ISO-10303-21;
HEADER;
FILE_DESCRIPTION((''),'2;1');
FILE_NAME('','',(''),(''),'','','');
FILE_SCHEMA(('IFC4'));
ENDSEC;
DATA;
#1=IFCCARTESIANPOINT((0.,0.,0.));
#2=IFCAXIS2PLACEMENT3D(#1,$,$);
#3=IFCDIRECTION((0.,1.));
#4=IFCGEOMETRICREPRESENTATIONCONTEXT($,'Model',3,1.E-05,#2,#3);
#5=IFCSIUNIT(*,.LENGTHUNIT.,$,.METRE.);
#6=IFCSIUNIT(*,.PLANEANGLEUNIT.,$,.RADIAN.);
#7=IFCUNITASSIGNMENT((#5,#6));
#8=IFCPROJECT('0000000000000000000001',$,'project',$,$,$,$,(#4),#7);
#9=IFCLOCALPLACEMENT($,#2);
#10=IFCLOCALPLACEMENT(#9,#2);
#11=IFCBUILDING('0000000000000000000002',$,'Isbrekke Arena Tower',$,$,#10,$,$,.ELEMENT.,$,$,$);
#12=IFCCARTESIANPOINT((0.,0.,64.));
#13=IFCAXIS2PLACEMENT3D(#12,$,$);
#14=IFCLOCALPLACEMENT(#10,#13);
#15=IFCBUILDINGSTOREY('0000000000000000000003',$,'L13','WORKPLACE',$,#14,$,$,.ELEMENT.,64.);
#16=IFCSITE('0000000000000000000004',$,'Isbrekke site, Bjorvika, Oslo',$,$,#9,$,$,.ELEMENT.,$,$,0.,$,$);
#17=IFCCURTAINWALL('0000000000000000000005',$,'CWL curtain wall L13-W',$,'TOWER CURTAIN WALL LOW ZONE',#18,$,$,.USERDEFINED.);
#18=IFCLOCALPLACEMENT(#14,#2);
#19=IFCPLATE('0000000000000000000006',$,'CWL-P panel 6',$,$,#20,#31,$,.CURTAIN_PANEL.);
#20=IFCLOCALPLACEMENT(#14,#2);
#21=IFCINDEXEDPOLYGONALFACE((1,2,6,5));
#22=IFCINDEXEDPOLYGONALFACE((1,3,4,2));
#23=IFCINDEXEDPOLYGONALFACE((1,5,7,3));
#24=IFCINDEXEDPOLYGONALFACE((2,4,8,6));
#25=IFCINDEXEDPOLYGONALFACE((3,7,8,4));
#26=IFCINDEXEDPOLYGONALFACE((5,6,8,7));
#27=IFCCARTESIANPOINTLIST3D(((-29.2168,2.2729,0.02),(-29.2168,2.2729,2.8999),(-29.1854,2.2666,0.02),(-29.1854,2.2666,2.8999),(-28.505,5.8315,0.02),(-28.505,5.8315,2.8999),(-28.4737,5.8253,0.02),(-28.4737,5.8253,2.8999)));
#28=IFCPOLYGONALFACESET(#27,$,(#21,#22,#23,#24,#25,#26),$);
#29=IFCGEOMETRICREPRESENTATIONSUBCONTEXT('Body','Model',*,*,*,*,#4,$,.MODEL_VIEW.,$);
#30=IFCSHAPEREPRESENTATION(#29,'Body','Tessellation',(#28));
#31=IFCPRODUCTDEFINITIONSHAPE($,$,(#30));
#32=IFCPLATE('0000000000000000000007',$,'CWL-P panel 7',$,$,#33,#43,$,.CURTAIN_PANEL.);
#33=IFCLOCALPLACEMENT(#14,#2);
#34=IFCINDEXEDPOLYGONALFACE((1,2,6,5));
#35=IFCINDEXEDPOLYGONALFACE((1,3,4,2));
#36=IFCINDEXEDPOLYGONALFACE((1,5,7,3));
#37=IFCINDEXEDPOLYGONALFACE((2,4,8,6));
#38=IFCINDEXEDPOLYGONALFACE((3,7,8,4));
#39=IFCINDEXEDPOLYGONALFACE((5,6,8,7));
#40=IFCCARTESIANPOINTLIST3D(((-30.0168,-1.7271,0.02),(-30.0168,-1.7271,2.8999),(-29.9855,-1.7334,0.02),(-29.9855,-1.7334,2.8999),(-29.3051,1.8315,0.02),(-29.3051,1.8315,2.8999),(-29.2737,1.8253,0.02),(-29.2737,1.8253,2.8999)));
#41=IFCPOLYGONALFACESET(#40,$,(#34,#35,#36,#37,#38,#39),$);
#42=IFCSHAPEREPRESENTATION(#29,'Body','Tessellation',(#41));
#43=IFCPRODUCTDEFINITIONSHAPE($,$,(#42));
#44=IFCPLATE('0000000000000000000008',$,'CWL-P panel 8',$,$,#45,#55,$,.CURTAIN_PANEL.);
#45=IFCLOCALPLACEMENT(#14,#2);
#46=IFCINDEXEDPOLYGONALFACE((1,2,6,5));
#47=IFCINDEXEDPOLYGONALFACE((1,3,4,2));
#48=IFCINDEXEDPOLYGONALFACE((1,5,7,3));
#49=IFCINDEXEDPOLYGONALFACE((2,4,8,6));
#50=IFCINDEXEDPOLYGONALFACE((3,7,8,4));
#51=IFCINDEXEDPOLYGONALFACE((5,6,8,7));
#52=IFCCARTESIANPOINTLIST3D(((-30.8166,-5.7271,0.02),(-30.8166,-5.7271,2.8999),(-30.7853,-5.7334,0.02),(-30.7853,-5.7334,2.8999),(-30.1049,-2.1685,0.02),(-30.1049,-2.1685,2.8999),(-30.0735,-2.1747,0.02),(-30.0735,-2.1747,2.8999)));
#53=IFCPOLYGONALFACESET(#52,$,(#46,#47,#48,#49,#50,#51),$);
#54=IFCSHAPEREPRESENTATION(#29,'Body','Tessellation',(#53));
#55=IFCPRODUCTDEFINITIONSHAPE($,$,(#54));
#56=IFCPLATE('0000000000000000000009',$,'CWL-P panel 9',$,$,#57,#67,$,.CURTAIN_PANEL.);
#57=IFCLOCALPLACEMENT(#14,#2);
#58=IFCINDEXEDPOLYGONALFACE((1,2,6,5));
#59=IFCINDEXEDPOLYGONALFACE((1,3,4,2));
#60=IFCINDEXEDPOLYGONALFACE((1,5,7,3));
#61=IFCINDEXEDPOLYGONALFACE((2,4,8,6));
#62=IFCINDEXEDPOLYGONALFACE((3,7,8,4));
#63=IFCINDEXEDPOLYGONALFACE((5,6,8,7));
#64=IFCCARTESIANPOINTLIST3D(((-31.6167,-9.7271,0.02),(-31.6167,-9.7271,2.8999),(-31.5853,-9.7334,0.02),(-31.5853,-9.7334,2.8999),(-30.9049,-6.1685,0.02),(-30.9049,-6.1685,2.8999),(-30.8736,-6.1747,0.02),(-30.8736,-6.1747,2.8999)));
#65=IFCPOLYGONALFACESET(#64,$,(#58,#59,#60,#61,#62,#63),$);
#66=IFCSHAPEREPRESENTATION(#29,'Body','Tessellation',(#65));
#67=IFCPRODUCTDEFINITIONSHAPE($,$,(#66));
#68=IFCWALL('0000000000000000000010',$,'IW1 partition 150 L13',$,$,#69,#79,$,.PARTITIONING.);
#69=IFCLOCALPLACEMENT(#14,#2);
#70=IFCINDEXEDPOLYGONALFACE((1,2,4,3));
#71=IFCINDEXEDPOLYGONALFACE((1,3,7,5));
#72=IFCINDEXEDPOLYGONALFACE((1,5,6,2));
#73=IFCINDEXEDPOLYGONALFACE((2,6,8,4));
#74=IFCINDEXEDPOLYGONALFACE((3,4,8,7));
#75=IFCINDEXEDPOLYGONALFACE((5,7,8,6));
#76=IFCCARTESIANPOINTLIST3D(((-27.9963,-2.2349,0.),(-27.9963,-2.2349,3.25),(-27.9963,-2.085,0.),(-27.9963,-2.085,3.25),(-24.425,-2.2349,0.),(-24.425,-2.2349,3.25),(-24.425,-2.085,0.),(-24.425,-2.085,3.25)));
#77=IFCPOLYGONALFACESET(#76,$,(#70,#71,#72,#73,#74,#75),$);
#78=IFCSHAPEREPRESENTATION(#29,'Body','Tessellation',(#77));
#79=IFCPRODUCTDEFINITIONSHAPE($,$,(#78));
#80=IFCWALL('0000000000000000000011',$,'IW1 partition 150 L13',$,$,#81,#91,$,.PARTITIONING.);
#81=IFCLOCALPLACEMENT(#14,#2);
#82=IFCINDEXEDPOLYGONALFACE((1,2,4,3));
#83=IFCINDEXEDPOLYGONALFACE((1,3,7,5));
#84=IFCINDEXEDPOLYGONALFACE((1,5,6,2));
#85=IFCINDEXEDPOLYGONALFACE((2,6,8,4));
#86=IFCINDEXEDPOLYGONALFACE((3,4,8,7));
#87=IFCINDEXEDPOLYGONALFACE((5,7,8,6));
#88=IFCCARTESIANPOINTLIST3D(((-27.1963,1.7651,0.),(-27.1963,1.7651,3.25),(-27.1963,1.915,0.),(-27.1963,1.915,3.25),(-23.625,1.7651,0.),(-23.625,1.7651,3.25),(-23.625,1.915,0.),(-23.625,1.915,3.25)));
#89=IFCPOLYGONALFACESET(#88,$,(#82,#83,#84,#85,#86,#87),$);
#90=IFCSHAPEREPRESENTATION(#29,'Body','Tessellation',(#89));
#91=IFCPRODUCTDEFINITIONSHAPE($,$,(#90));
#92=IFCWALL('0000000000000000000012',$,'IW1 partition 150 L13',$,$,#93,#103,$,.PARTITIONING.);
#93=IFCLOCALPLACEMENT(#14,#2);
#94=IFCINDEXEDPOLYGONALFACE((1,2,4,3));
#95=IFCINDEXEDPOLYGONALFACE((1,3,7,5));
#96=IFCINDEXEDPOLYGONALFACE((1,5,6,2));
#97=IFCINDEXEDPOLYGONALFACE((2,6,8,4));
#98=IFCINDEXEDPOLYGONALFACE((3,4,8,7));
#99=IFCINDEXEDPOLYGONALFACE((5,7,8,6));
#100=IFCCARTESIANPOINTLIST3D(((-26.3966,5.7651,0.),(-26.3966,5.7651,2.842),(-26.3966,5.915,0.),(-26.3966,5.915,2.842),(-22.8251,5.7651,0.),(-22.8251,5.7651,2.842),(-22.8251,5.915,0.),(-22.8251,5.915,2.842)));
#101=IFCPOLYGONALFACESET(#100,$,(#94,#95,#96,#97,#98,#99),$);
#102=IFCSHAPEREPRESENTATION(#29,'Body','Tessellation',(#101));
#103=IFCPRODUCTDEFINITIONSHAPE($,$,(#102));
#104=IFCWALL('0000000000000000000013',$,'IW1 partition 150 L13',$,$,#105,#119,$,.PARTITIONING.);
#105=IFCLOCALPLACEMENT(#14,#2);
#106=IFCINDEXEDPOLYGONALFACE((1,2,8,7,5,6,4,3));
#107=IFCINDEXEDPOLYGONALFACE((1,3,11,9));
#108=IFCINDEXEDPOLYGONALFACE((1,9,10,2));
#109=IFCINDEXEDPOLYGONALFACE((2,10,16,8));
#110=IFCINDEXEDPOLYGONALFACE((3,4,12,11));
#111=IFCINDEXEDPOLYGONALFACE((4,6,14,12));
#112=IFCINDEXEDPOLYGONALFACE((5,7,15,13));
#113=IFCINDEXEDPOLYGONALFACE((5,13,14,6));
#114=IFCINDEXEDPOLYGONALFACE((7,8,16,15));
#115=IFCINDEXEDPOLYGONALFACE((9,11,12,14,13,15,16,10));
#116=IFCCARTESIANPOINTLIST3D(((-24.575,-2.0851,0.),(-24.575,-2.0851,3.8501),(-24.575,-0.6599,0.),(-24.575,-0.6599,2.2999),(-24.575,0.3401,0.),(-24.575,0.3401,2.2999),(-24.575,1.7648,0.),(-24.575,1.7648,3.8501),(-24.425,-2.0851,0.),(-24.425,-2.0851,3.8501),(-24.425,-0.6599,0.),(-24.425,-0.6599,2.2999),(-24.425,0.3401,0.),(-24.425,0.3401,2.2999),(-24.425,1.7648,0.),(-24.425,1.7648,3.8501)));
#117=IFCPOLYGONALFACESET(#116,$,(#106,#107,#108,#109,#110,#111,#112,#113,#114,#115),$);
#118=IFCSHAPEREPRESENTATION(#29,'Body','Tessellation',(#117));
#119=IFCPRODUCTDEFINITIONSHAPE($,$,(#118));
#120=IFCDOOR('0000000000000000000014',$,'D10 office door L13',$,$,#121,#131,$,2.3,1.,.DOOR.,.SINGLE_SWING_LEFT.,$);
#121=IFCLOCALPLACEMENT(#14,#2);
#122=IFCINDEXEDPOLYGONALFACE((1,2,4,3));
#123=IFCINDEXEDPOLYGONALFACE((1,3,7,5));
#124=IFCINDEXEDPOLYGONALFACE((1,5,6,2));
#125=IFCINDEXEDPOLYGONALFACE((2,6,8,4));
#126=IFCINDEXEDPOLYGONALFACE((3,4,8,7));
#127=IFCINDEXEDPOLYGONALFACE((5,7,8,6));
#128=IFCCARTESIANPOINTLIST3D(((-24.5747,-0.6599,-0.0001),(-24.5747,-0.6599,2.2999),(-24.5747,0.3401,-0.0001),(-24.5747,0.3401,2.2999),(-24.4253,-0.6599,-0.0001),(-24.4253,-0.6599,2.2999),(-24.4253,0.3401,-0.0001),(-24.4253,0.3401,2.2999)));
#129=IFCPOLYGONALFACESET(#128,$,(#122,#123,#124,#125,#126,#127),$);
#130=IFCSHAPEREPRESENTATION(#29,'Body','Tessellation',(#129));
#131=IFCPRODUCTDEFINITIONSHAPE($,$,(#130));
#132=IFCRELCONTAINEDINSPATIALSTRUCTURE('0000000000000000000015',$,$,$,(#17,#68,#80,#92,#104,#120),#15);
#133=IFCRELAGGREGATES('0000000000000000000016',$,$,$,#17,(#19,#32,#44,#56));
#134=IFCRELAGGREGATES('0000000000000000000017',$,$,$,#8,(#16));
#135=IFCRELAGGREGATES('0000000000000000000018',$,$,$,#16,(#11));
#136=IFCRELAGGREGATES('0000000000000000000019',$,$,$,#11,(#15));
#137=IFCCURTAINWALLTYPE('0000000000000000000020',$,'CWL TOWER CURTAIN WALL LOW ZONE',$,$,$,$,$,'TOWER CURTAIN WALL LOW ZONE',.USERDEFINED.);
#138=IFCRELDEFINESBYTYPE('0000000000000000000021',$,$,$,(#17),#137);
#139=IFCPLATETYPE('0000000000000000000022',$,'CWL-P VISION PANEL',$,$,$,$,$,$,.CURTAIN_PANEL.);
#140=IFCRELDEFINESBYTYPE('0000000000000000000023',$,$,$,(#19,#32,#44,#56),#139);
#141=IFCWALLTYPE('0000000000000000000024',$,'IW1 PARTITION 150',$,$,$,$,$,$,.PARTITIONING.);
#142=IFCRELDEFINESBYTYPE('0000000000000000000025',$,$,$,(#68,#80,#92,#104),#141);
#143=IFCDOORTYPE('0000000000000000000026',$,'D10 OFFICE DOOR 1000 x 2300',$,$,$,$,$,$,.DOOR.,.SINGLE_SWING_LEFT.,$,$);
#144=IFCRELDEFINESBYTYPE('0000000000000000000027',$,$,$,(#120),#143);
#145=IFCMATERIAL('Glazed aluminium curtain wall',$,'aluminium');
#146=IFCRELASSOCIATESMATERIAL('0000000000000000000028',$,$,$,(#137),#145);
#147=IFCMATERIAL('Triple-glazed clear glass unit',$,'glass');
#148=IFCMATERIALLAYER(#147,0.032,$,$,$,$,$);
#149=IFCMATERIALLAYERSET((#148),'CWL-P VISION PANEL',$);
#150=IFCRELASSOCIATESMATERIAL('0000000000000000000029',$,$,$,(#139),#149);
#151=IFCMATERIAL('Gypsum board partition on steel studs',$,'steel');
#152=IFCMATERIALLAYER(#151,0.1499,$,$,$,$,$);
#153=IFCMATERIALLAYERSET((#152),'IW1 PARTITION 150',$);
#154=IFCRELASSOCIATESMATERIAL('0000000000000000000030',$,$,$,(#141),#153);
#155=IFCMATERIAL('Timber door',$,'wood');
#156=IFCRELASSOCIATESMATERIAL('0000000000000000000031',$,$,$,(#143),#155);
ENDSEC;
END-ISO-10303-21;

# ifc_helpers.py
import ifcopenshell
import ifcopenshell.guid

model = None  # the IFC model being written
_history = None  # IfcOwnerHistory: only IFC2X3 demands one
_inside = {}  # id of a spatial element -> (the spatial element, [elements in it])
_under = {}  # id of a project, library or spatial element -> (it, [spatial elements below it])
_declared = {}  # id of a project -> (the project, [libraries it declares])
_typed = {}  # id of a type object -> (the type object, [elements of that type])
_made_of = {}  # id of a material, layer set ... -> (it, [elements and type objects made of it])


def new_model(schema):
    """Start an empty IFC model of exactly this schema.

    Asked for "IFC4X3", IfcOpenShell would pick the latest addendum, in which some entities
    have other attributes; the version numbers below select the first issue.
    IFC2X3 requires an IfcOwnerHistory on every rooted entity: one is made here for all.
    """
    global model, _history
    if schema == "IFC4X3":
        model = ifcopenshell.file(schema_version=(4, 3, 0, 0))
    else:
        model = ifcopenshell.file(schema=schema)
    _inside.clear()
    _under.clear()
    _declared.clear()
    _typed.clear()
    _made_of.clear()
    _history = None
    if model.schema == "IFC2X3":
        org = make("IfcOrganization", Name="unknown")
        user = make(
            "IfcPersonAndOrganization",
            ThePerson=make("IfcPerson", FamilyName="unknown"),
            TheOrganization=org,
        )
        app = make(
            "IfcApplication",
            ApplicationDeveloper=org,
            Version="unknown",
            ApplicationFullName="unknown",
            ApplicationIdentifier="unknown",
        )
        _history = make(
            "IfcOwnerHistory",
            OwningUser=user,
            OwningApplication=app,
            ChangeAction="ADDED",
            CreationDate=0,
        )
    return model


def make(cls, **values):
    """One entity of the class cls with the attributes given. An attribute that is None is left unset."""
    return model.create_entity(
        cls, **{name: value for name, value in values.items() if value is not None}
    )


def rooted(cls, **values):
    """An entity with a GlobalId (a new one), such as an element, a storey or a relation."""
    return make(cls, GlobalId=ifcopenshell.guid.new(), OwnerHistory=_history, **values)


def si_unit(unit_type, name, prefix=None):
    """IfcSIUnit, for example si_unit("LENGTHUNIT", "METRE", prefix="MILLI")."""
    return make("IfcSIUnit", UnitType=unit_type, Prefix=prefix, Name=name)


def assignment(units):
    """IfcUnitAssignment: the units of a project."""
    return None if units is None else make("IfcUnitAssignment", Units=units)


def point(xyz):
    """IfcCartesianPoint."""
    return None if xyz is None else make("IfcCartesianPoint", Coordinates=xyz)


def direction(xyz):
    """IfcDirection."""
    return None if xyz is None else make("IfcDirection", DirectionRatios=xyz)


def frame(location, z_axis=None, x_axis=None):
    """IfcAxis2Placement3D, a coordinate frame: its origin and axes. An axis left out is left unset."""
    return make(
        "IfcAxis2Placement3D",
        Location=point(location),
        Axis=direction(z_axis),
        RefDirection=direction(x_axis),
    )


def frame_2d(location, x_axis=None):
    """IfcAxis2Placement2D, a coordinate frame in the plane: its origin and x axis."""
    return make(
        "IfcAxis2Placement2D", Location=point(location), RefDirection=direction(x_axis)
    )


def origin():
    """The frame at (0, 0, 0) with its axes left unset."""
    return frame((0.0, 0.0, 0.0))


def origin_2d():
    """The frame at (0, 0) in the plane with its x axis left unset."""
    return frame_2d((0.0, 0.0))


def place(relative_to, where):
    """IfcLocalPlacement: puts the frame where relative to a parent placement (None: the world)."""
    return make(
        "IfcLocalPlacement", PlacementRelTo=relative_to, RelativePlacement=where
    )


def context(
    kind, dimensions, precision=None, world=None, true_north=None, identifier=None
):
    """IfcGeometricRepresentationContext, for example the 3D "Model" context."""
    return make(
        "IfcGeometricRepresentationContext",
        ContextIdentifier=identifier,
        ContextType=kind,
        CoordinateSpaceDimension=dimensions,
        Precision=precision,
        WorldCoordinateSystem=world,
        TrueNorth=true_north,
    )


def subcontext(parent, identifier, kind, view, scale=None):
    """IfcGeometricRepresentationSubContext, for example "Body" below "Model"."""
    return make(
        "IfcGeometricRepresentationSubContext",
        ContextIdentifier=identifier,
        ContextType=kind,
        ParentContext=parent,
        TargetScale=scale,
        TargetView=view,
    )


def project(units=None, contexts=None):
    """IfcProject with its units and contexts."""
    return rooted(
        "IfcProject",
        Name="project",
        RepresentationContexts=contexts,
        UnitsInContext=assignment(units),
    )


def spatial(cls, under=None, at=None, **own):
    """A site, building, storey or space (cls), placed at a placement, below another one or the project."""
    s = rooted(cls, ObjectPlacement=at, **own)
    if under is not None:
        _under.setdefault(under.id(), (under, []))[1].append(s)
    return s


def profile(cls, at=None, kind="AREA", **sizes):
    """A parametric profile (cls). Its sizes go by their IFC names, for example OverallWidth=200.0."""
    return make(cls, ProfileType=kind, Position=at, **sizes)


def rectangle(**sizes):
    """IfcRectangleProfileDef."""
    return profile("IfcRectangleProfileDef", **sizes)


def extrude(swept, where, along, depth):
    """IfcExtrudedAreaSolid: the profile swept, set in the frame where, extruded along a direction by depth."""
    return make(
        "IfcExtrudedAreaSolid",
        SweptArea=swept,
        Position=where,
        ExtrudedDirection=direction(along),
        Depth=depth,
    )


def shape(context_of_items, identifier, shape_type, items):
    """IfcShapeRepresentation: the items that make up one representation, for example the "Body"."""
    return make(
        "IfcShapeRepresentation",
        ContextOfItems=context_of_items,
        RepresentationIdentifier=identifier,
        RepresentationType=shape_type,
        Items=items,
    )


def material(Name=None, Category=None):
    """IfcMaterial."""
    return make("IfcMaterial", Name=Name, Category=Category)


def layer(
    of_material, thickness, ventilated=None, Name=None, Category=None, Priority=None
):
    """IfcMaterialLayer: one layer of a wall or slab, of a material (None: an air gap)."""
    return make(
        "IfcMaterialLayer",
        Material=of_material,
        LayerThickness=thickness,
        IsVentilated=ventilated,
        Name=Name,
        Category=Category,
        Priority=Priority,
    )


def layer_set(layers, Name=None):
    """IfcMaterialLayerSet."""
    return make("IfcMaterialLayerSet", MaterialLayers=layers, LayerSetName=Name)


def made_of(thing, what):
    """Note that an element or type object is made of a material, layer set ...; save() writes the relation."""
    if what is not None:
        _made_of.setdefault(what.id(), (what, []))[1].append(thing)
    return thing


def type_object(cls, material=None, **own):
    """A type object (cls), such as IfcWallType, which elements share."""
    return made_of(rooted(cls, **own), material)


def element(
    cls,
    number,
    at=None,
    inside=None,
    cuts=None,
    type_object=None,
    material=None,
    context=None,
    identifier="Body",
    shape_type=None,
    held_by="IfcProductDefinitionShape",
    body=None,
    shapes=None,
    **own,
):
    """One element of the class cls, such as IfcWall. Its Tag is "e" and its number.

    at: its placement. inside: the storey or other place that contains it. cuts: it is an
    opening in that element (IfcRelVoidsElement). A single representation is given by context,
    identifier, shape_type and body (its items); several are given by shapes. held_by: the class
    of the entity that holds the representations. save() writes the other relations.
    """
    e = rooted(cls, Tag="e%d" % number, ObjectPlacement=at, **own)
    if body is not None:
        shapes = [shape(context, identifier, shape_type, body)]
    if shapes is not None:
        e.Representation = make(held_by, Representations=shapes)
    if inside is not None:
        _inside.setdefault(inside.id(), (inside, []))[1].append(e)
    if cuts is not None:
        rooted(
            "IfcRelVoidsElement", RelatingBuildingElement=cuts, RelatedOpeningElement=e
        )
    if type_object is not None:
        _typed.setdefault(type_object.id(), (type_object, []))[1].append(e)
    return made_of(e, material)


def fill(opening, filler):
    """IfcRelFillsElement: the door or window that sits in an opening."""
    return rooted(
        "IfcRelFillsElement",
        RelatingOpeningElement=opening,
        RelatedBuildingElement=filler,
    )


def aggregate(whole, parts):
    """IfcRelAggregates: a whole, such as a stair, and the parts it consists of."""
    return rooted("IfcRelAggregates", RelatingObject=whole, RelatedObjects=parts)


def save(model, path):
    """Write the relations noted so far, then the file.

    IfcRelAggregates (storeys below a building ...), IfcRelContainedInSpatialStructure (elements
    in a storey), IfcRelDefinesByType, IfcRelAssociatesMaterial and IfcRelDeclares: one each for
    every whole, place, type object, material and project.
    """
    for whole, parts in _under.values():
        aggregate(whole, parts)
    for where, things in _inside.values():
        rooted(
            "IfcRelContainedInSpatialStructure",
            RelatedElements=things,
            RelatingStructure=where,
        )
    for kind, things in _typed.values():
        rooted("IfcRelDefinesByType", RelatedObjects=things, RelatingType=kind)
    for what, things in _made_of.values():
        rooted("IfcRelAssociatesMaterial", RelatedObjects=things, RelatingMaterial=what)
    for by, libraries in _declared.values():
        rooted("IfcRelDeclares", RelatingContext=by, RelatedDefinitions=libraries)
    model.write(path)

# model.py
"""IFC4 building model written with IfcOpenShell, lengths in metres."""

from ifc_helpers import new_model, si_unit, direction, frame, frame_2d, origin, origin_2d, place, context, subcontext, project, spatial, rectangle, extrude, material, layer, layer_set, type_object, element, fill, aggregate, save


model = new_model("IFC4")

# Units and contexts
model_context = context("Model", 3, precision=1e-05, world=origin(), true_north=direction((0.0, 1.0)))
body_context = subcontext(model_context, "Body", "Model", "MODEL_VIEW")
ifc_project = project(units=[si_unit("LENGTHUNIT", "METRE"), si_unit("PLANEANGLEUNIT", "RADIAN")], contexts=[model_context])

# Site, building, storey
site_placement = place(None, origin())
site = spatial("IfcSite", under=ifc_project, at=site_placement, Name="Isbrekke site, Bjorvika, Oslo", CompositionType="ELEMENT", RefElevation=0.0)
building_placement = place(site_placement, origin())
building = spatial("IfcBuilding", under=site, at=building_placement, Name="Isbrekke Arena Tower", CompositionType="ELEMENT")
storey_placement = place(building_placement, frame((0.0, 0.0, 64.0)))
storey = spatial("IfcBuildingStorey", under=building, at=storey_placement, Name="L13", Description="WORKPLACE", CompositionType="ELEMENT", Elevation=64.0)

# Curtain wall
ifc_material_1 = material(Name="Glazed aluminium curtain wall", Category="aluminium")
curtain_wall_type = type_object("IfcCurtainWallType", Name="CWL TOWER CURTAIN WALL LOW ZONE", ElementType="TOWER CURTAIN WALL LOW ZONE", PredefinedType="USERDEFINED", material=ifc_material_1)
curtain_wall_placement = place(storey_placement, origin())
curtain_wall = element("IfcCurtainWall", 1, at=curtain_wall_placement, inside=storey, type_object=curtain_wall_type, Name="CWL curtain wall L13-W", ObjectType="TOWER CURTAIN WALL LOW ZONE", PredefinedType="USERDEFINED")

# Plates
ifc_material_2 = material(Name="Triple-glazed clear glass unit", Category="glass")
ifc_layer_1 = layer(ifc_material_2, 0.032)
ifc_layer_set_1 = layer_set([ifc_layer_1], Name="CWL-P VISION PANEL")
plate_type = type_object("IfcPlateType", Name="CWL-P VISION PANEL", PredefinedType="CURTAIN_PANEL", material=ifc_layer_set_1)
plate_1_placement = place(storey_placement, frame((-28.8452, 4.0491, 0.02), z_axis=(0.0, 0.0, 1.0), x_axis=(-0.196116, -0.980581, 0.0)))
plate_1 = element("IfcPlate", 2, at=plate_1_placement, type_object=plate_type, Name="CWL-P panel 6", PredefinedType="CURTAIN_PANEL", context=body_context, shape_type="SweptSolid", body=[
    extrude(rectangle(XDim=3.6292, YDim=0.032, at=origin_2d()), origin(), (0.0, 0.0, 1.0), 2.8799),
])
plate_2_placement = place(storey_placement, frame((-29.6453, 0.0491, 0.02), z_axis=(0.0, 0.0, 1.0), x_axis=(-0.196116, -0.980581, 0.0)))
plate_2 = element("IfcPlate", 3, at=plate_2_placement, type_object=plate_type, Name="CWL-P panel 7", PredefinedType="CURTAIN_PANEL", context=body_context, shape_type="SweptSolid", body=[
    extrude(rectangle(XDim=3.6292, YDim=0.032, at=origin_2d()), origin(), (0.0, 0.0, 1.0), 2.8799),
])
plate_3_placement = place(storey_placement, frame((-30.4451, -3.9509, 0.02), z_axis=(0.0, 0.0, 1.0), x_axis=(-0.196116, -0.980581, 0.0)))
plate_3 = element("IfcPlate", 4, at=plate_3_placement, type_object=plate_type, Name="CWL-P panel 8", PredefinedType="CURTAIN_PANEL", context=body_context, shape_type="SweptSolid", body=[
    extrude(rectangle(XDim=3.6292, YDim=0.032, at=origin_2d()), origin(), (0.0, 0.0, 1.0), 2.8799),
])
plate_4_placement = place(storey_placement, frame((-31.2451, -7.9509, 0.02), z_axis=(0.0, 0.0, 1.0), x_axis=(-0.196116, -0.980581, 0.0)))
plate_4 = element("IfcPlate", 5, at=plate_4_placement, type_object=plate_type, Name="CWL-P panel 9", PredefinedType="CURTAIN_PANEL", context=body_context, shape_type="SweptSolid", body=[
    extrude(rectangle(XDim=3.6292, YDim=0.032, at=origin_2d()), origin(), (0.0, 0.0, 1.0), 2.8799),
])
aggregate(curtain_wall, [plate_1, plate_2, plate_3, plate_4])

# Walls
ifc_material_3 = material(Name="Gypsum board partition on steel studs", Category="steel")
ifc_layer_2 = layer(ifc_material_3, 0.1499)
ifc_layer_set_2 = layer_set([ifc_layer_2], Name="IW1 PARTITION 150")
wall_type = type_object("IfcWallType", Name="IW1 PARTITION 150", PredefinedType="PARTITIONING", material=ifc_layer_set_2)
for number, where, z_axis, x_axis, name in (
    (6, (-27.9963, -2.1599, 0.0), (0.0, 0.0, 1.0), (1.0, 0.0, 0.0), "IW1 partition 150 L13"),
    (7, (-27.1963, 1.8401, 0.0), (0.0, 0.0, 1.0), (1.0, 0.0, 0.0), "IW1 partition 150 L13"),
):
    element("IfcWall", number, at=place(storey_placement, frame(where, z_axis=z_axis, x_axis=x_axis)), inside=storey, type_object=wall_type, Name=name, PredefinedType="PARTITIONING", context=body_context, shape_type="SweptSolid", body=[
        extrude(rectangle(XDim=3.5713, YDim=0.1499, at=frame_2d((1.7856, 0.0))), origin(), (0.0, 0.0, 1.0), 3.25),
    ])
wall_1_placement = place(storey_placement, frame((-26.3965, 5.8401, 0.0), z_axis=(0.0, 0.0, 1.0), x_axis=(1.0, 0.0, 0.0)))
element("IfcWall", 8, at=wall_1_placement, inside=storey, type_object=wall_type, Name="IW1 partition 150 L13", PredefinedType="PARTITIONING", context=body_context, shape_type="SweptSolid", body=[
    extrude(rectangle(XDim=3.5715, YDim=0.1499, at=frame_2d((1.7856, 0.0))), origin(), (0.0, 0.0, 1.0), 2.842),
])

# Wall, opening, door
wall_2_placement = place(storey_placement, frame((-24.5, -2.085, 0.0), z_axis=(0.0, 0.0, 1.0), x_axis=(0.0, 1.0, 0.0)))
wall_2 = element("IfcWall", 9, at=wall_2_placement, inside=storey, type_object=wall_type, Name="IW1 partition 150 L13", PredefinedType="PARTITIONING", context=body_context, shape_type="SweptSolid", body=[
    extrude(rectangle(XDim=3.8499, YDim=0.1499, at=frame_2d((1.9248, 0.0))), origin(), (0.0, 0.0, 1.0), 3.8501),
])
opening_placement = place(wall_2_placement, frame((1.425, 0.0, 0.0)))
opening = element("IfcOpeningElement", 10, at=opening_placement, cuts=wall_2, PredefinedType="OPENING", context=body_context, shape_type="SweptSolid", body=[
    extrude(rectangle(XDim=1.0, YDim=2.3, at=frame_2d((0.5, 1.1499))), frame((0.0, 0.0898, 0.0), z_axis=(0.0, -1.0, 0.0), x_axis=(1.0, 0.0, 0.0)), (0.0, 0.0, 1.0), 0.1797),
])
ifc_material_4 = material(Name="Timber door", Category="wood")
door_type = type_object("IfcDoorType", Name="D10 OFFICE DOOR 1000 x 2300", OperationType="SINGLE_SWING_LEFT", PredefinedType="DOOR", material=ifc_material_4)
door_placement = place(opening_placement, origin())
door = element("IfcDoor", 11, at=door_placement, inside=storey, type_object=door_type, Name="D10 office door L13", OperationType="SINGLE_SWING_LEFT", OverallHeight=2.3, OverallWidth=1.0, PredefinedType="DOOR", context=body_context, shape_type="SweptSolid", body=[
    extrude(rectangle(XDim=1.0, YDim=2.3, at=frame_2d((0.5, 1.1499))), frame((0.0, 0.0747, 0.0), z_axis=(0.0, -1.0, 0.0), x_axis=(1.0, 0.0, 0.0)), (0.0, 0.0, 1.0), 0.1494),
])
fill(opening, door)

save(model, "model.ifc")
